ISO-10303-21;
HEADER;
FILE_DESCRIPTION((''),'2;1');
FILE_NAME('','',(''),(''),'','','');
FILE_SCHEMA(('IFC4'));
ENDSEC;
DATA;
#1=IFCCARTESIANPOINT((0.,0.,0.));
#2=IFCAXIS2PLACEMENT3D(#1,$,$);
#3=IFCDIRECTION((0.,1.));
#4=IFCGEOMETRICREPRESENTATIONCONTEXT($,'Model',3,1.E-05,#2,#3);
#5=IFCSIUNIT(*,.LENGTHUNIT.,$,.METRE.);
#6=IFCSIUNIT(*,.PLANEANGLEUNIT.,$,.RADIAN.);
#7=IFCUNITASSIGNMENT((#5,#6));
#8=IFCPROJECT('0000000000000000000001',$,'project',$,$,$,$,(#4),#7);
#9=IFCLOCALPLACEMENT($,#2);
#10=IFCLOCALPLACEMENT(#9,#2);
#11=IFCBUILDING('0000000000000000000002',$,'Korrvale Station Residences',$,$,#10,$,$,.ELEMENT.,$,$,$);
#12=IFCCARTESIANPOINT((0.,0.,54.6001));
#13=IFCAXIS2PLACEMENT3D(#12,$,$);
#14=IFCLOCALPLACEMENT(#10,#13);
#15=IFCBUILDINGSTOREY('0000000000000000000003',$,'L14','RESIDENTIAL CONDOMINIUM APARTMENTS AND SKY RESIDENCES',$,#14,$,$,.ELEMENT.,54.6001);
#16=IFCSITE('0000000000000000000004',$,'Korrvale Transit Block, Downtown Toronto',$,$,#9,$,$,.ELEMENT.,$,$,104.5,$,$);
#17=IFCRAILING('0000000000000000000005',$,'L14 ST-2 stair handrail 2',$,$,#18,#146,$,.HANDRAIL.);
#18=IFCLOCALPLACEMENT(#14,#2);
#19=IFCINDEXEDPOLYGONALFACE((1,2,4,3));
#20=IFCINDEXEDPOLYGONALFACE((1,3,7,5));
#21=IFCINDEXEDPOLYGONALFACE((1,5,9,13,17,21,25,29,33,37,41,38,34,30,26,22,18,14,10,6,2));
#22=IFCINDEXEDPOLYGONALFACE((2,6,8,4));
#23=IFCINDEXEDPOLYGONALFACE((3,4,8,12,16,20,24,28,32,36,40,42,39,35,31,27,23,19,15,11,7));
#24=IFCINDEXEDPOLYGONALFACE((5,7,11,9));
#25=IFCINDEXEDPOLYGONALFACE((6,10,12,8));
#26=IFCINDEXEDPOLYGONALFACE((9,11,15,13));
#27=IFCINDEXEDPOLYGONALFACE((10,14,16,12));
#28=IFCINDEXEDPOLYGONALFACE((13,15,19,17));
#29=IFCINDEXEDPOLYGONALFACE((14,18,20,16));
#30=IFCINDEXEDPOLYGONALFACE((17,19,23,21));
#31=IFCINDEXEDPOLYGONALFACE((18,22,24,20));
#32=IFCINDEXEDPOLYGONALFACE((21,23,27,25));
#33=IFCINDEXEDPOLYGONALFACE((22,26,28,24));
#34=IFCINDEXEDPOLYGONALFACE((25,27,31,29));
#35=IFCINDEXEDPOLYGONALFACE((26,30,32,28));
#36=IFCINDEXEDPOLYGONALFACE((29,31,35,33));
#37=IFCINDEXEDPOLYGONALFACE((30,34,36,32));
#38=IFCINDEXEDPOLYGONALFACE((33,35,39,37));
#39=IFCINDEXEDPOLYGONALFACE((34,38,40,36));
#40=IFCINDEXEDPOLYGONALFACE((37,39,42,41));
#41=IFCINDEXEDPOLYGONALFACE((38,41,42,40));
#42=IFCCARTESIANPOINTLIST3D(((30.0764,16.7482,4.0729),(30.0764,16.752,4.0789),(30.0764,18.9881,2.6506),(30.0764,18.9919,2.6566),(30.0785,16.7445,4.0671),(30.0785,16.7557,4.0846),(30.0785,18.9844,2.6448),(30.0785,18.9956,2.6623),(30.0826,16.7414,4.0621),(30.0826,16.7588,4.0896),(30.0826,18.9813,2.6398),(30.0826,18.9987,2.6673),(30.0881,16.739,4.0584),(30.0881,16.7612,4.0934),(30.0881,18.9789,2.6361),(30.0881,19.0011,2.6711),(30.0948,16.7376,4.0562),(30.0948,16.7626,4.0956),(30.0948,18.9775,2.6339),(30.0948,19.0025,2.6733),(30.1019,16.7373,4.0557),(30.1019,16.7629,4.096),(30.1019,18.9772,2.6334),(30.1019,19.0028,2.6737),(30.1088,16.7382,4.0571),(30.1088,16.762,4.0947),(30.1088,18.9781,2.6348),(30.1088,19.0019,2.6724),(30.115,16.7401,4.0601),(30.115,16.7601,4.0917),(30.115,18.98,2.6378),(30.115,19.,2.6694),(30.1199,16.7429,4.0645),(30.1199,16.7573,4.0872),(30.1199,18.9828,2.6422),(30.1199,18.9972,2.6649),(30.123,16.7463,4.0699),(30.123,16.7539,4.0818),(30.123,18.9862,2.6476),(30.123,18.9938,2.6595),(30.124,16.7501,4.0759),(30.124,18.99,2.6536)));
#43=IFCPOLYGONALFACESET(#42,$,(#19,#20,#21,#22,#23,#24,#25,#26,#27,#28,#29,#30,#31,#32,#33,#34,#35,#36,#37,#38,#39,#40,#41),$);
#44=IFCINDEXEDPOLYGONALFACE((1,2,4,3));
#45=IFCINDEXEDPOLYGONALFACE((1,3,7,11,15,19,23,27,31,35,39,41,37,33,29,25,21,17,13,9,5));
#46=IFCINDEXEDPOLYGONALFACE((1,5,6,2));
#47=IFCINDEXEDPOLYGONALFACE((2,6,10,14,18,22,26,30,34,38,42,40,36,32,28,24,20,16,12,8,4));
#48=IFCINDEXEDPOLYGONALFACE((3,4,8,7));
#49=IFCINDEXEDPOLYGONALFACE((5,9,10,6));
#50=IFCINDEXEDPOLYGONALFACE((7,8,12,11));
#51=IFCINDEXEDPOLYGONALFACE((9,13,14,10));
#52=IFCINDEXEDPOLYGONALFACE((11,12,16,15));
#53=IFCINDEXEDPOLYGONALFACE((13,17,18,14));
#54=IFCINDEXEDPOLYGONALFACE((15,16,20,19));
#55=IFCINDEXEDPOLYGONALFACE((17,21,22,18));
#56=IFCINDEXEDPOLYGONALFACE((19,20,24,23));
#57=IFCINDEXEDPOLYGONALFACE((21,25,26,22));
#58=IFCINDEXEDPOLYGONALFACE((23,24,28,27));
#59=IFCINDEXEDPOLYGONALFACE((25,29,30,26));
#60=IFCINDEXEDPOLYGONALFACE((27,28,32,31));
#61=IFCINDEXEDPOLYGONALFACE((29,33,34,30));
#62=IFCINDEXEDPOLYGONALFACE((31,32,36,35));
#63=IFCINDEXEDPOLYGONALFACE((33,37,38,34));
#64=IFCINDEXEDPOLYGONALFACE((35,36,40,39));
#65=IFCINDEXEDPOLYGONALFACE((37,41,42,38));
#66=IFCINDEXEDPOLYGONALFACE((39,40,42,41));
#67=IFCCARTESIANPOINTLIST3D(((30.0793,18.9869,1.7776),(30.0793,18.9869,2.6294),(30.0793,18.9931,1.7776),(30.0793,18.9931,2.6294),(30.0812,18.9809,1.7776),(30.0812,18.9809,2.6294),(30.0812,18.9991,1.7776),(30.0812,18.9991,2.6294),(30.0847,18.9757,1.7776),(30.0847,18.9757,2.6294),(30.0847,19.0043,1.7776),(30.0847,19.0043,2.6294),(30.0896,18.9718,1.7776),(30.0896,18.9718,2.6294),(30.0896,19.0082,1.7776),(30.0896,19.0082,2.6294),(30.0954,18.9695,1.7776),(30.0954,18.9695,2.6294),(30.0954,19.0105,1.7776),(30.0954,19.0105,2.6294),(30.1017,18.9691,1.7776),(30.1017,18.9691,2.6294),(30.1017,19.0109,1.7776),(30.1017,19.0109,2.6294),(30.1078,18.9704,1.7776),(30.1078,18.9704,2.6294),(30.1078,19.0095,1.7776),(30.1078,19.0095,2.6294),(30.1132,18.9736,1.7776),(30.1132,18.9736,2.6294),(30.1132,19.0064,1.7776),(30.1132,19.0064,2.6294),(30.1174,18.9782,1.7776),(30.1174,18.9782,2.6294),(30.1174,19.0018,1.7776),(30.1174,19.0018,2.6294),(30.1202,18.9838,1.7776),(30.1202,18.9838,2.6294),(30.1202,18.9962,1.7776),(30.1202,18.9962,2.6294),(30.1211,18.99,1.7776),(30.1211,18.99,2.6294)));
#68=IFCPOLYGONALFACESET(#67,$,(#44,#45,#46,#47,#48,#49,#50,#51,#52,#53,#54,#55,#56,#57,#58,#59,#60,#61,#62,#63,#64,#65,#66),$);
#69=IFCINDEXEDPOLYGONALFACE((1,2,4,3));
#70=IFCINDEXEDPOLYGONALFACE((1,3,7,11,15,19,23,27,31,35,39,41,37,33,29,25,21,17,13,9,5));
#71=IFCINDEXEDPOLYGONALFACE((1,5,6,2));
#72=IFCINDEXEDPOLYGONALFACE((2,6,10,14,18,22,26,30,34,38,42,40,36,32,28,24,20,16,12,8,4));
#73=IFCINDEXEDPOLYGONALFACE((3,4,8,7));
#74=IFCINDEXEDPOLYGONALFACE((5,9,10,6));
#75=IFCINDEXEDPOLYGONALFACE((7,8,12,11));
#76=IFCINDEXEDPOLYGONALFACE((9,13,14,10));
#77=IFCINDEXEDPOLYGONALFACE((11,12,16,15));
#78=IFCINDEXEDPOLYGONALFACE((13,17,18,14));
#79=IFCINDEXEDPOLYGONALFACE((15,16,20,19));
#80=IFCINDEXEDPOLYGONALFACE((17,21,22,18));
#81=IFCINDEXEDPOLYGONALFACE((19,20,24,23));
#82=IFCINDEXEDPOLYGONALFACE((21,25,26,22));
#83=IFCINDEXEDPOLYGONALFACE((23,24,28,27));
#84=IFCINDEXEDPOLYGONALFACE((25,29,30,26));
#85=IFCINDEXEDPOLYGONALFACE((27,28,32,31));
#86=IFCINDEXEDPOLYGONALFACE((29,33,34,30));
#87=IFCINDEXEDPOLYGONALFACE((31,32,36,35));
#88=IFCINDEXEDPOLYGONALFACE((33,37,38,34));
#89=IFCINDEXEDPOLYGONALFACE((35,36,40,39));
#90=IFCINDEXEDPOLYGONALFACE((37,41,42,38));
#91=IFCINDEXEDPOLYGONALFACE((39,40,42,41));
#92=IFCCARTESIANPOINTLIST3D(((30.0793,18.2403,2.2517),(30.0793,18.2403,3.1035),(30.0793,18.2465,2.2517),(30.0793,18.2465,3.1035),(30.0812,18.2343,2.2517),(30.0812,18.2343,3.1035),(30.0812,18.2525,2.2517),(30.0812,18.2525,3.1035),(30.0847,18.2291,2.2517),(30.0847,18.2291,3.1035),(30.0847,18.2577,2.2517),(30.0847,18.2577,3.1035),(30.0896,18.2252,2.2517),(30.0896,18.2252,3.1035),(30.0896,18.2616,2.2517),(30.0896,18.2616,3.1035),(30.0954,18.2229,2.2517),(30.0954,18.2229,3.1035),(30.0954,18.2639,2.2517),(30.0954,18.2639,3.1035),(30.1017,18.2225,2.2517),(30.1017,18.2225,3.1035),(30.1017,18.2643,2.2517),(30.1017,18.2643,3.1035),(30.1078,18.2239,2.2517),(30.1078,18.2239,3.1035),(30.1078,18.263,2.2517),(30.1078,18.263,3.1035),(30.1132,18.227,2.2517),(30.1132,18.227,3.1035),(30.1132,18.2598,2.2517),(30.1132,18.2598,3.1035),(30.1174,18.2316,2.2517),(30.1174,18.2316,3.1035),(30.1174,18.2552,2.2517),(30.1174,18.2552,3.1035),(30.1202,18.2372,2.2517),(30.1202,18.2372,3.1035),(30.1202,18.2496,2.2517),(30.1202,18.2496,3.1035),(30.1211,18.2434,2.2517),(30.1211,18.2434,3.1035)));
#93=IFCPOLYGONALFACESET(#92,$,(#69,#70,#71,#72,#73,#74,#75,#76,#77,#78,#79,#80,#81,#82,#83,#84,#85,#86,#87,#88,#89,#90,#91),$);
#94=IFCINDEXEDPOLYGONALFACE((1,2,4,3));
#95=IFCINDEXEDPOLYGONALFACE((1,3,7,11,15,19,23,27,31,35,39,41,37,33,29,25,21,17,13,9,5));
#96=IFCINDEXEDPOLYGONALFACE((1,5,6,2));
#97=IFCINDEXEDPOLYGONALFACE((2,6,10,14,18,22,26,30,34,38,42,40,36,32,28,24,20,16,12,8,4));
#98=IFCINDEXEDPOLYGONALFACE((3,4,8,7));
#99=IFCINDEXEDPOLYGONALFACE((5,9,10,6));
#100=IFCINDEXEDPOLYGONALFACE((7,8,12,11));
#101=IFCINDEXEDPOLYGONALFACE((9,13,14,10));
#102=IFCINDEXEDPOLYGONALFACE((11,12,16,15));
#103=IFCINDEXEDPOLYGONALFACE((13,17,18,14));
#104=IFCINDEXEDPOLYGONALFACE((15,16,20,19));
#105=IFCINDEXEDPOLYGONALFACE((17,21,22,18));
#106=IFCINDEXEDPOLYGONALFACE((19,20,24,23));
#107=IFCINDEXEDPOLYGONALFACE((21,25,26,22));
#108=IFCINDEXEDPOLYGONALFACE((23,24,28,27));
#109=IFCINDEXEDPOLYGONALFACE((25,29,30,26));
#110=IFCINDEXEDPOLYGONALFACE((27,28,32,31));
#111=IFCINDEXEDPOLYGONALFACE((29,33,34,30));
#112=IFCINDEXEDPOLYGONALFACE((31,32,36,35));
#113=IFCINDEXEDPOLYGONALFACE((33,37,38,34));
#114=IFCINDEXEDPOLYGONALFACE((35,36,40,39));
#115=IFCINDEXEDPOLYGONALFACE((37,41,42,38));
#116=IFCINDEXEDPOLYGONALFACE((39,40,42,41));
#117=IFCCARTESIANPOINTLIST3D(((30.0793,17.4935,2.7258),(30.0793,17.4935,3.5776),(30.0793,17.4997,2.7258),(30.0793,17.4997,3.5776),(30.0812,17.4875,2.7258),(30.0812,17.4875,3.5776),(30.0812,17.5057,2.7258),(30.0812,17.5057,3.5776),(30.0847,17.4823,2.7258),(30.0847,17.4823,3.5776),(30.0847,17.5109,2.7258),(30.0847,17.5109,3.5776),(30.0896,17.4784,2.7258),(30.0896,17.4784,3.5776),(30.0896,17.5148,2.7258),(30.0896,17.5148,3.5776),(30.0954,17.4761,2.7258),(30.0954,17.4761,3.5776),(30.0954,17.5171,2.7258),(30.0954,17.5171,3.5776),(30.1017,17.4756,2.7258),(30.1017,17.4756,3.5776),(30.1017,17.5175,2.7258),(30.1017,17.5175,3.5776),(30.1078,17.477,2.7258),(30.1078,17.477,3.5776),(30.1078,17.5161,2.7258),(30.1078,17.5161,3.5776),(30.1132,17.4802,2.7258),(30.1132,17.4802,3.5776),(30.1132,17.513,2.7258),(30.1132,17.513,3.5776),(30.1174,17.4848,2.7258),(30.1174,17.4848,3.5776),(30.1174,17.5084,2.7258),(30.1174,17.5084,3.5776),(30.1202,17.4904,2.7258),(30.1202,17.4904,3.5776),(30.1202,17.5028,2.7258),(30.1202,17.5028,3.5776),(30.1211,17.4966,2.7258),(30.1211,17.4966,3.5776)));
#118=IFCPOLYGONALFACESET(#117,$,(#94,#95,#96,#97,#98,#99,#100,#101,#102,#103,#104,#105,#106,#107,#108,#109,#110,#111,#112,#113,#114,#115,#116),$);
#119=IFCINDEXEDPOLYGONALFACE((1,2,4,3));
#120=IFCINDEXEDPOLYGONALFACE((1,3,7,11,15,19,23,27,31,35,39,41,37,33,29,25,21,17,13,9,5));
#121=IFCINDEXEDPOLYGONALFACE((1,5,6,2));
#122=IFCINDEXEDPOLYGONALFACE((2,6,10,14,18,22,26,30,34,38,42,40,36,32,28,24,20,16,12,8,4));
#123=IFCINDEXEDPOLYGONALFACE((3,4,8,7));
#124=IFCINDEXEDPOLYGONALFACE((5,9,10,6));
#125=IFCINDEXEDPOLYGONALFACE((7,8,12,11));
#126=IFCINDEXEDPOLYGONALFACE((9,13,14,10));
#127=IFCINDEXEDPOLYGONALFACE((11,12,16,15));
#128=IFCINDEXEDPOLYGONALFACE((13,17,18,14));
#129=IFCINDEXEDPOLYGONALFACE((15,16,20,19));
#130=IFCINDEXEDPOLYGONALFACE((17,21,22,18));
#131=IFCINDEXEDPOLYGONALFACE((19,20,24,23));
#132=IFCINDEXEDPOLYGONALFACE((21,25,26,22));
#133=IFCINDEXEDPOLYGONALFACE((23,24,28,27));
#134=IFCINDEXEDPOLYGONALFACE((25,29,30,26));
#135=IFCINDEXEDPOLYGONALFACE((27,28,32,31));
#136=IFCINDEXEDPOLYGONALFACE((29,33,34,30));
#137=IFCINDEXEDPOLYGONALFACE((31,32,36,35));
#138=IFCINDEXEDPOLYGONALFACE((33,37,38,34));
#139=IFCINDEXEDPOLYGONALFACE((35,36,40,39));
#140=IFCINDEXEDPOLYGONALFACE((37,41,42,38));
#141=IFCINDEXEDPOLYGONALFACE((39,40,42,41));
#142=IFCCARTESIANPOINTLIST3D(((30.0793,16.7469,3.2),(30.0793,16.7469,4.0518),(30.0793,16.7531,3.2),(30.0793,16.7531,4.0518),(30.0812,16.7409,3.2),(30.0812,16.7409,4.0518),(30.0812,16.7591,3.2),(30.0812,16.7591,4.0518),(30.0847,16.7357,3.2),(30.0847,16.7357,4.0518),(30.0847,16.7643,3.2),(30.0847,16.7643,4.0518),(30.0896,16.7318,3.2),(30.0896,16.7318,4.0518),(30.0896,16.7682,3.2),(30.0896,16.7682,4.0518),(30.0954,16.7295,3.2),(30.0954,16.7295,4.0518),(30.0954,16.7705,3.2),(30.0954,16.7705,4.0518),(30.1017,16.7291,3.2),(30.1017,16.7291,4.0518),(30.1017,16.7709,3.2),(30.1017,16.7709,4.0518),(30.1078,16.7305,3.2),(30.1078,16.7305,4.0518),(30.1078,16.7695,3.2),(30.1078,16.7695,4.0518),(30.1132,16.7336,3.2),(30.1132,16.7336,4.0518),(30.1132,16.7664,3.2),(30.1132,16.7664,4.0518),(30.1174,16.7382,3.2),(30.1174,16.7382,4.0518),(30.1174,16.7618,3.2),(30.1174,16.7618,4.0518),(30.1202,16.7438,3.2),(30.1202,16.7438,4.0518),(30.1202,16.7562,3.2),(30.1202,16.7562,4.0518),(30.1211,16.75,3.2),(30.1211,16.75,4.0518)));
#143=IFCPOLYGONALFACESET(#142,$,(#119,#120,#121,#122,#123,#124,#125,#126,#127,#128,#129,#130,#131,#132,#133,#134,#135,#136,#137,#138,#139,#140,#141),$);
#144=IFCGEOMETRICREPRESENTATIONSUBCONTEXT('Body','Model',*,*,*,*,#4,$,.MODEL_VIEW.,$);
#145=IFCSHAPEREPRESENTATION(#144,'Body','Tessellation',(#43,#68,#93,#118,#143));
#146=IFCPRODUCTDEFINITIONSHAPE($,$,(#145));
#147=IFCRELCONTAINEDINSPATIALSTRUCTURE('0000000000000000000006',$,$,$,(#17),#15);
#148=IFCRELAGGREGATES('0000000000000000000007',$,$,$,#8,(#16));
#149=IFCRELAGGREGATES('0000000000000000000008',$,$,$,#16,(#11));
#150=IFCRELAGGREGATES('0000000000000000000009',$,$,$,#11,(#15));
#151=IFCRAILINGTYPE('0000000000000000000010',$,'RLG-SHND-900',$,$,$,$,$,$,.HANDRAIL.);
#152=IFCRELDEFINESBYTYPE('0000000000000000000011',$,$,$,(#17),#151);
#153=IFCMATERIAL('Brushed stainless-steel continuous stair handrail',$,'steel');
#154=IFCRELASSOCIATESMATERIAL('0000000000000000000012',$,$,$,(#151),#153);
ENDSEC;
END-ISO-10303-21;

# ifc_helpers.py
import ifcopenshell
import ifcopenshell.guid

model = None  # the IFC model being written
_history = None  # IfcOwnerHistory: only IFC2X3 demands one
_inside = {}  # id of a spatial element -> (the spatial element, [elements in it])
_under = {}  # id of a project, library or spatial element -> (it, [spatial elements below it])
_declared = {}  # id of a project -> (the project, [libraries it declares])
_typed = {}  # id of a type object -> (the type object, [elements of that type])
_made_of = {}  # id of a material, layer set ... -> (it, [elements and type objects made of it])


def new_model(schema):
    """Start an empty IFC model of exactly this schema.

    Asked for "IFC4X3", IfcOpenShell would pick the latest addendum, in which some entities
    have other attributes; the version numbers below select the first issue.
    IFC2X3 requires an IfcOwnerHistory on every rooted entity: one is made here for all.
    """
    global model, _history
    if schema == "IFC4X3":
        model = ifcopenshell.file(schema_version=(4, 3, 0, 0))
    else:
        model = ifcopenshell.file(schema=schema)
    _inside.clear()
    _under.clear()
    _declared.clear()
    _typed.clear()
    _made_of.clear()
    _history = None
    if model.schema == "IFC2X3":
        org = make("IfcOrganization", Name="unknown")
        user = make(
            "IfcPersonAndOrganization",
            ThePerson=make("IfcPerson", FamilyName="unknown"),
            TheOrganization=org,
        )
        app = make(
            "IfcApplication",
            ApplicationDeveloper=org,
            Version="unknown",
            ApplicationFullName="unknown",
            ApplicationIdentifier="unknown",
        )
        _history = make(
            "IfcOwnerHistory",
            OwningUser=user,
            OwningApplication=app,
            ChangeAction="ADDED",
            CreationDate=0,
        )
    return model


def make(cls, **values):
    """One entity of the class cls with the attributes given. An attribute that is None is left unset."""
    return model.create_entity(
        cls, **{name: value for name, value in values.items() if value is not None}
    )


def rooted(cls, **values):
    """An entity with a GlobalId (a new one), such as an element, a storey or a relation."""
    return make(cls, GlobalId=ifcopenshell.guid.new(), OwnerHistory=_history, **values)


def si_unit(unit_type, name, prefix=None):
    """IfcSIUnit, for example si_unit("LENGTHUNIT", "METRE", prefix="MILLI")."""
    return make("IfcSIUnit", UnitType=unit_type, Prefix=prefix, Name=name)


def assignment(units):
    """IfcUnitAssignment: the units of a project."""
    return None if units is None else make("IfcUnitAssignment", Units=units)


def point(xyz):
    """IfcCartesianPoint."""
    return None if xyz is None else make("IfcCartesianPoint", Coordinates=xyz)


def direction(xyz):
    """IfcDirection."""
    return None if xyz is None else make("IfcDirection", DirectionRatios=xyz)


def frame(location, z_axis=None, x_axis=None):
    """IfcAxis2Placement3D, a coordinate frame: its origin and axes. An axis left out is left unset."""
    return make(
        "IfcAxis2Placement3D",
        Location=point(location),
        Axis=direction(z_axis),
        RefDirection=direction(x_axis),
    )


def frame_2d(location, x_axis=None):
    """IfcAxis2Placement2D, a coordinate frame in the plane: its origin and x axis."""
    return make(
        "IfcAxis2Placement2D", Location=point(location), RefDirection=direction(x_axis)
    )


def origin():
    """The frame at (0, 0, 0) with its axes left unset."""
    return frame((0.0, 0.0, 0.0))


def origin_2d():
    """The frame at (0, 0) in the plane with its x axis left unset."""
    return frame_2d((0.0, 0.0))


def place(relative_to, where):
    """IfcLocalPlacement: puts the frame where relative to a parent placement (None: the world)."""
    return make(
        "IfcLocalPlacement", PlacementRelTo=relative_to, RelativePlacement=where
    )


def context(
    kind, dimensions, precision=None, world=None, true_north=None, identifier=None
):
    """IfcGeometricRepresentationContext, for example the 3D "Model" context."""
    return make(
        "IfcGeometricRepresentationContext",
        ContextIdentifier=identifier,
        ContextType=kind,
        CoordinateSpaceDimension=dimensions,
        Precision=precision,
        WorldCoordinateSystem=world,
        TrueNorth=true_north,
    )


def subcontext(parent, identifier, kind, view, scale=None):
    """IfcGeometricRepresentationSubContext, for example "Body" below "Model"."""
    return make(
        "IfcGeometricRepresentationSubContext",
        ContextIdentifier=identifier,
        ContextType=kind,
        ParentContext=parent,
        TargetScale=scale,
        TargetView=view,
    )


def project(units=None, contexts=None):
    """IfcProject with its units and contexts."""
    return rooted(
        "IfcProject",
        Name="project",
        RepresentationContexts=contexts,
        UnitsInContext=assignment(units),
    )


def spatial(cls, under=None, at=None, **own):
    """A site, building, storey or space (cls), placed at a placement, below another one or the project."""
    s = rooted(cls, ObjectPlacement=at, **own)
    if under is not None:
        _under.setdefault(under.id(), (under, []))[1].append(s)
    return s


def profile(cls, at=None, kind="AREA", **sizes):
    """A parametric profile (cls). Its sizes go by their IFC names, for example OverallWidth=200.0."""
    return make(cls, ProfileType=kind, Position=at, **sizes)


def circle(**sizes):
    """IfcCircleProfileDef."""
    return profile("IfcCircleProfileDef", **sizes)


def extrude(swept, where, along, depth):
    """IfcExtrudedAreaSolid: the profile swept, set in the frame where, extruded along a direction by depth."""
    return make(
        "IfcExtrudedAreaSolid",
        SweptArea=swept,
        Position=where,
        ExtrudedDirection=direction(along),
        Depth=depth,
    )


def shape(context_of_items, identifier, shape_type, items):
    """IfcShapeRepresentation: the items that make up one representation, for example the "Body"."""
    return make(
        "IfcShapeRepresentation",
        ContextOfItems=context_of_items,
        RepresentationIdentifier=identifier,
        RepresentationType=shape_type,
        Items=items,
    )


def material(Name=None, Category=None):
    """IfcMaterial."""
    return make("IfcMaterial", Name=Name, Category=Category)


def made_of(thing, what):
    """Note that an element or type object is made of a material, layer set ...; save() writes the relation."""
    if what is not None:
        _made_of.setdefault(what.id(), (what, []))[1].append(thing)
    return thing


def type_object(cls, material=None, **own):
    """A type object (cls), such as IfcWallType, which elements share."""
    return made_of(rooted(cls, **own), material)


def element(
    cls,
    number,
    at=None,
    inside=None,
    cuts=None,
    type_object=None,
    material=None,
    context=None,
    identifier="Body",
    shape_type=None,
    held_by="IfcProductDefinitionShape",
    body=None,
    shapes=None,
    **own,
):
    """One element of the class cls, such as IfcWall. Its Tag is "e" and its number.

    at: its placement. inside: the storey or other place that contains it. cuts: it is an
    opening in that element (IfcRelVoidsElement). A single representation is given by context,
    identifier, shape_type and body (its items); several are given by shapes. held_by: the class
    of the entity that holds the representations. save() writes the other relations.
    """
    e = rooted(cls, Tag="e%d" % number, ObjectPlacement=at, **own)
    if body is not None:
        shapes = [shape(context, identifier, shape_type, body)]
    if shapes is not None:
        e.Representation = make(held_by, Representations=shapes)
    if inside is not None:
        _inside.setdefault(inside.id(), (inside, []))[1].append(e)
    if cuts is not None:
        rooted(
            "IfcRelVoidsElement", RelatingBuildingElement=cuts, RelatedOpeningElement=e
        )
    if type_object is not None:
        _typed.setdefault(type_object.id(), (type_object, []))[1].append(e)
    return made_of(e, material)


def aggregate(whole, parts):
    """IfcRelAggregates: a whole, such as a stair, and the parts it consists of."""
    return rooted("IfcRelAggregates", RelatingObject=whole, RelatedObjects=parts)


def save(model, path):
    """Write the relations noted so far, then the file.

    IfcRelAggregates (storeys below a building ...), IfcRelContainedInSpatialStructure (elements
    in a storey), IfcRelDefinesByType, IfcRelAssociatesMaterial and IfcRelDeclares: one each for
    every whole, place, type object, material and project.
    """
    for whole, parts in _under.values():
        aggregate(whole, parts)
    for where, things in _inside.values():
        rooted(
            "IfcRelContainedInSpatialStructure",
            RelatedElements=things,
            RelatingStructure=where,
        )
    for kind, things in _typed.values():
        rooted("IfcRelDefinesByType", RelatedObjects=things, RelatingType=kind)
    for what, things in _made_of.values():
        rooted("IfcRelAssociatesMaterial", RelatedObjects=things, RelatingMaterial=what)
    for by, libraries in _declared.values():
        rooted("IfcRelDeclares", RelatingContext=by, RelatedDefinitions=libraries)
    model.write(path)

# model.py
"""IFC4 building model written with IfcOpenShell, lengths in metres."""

from ifc_helpers import new_model, si_unit, direction, frame, origin, origin_2d, place, context, subcontext, project, spatial, circle, extrude, material, type_object, element, save


model = new_model("IFC4")

# Units and contexts
model_context = context("Model", 3, precision=1e-05, world=origin(), true_north=direction((0.0, 1.0)))
body_context = subcontext(model_context, "Body", "Model", "MODEL_VIEW")
ifc_project = project(units=[si_unit("LENGTHUNIT", "METRE"), si_unit("PLANEANGLEUNIT", "RADIAN")], contexts=[model_context])

# Site, building, storey
site_placement = place(None, origin())
site = spatial("IfcSite", under=ifc_project, at=site_placement, Name="Korrvale Transit Block, Downtown Toronto", CompositionType="ELEMENT", RefElevation=104.5)
building_placement = place(site_placement, origin())
building = spatial("IfcBuilding", under=site, at=building_placement, Name="Korrvale Station Residences", CompositionType="ELEMENT")
storey_placement = place(building_placement, frame((0.0, 0.0, 54.6001)))
storey = spatial("IfcBuildingStorey", under=building, at=storey_placement, Name="L14", Description="RESIDENTIAL CONDOMINIUM APARTMENTS AND SKY RESIDENCES", CompositionType="ELEMENT", Elevation=54.6001)

# Railing
ifc_material_1 = material(Name="Brushed stainless-steel continuous stair handrail", Category="steel")
railing_type_1 = type_object("IfcRailingType", Name="RLG-SHND-900", PredefinedType="HANDRAIL", material=ifc_material_1)
railing_1_placement = place(storey_placement, frame((30.1001, 18.99, 1.7776)))
element("IfcRailing", 1, at=railing_1_placement, inside=storey, type_object=railing_type_1, Name="L14 ST-2 stair handrail 2", PredefinedType="HANDRAIL", context=body_context, shape_type="SweptSolid", body=[
    extrude(circle(Radius=0.0239, at=origin_2d()), frame((0.0, 0.0, 0.876), z_axis=(0.0, -0.844188, 0.536048), x_axis=(1.0, 0.0, 0.0)), (0.0, 0.0, 1.0), 2.6533),
    extrude(circle(Radius=0.021, at=origin_2d()), origin(), (0.0, 0.0, 1.0), 0.8518),
    extrude(circle(Radius=0.021, at=origin_2d()), frame((0.0, -0.7466, 0.4741)), (0.0, 0.0, 1.0), 0.8518),
    extrude(circle(Radius=0.021, at=origin_2d()), frame((0.0, -1.4934, 0.9482)), (0.0, 0.0, 1.0), 0.8518),
    extrude(circle(Radius=0.021, at=origin_2d()), frame((0.0, -2.24, 1.4224)), (0.0, 0.0, 1.0), 0.8518),
])

save(model, "model.ifc")
